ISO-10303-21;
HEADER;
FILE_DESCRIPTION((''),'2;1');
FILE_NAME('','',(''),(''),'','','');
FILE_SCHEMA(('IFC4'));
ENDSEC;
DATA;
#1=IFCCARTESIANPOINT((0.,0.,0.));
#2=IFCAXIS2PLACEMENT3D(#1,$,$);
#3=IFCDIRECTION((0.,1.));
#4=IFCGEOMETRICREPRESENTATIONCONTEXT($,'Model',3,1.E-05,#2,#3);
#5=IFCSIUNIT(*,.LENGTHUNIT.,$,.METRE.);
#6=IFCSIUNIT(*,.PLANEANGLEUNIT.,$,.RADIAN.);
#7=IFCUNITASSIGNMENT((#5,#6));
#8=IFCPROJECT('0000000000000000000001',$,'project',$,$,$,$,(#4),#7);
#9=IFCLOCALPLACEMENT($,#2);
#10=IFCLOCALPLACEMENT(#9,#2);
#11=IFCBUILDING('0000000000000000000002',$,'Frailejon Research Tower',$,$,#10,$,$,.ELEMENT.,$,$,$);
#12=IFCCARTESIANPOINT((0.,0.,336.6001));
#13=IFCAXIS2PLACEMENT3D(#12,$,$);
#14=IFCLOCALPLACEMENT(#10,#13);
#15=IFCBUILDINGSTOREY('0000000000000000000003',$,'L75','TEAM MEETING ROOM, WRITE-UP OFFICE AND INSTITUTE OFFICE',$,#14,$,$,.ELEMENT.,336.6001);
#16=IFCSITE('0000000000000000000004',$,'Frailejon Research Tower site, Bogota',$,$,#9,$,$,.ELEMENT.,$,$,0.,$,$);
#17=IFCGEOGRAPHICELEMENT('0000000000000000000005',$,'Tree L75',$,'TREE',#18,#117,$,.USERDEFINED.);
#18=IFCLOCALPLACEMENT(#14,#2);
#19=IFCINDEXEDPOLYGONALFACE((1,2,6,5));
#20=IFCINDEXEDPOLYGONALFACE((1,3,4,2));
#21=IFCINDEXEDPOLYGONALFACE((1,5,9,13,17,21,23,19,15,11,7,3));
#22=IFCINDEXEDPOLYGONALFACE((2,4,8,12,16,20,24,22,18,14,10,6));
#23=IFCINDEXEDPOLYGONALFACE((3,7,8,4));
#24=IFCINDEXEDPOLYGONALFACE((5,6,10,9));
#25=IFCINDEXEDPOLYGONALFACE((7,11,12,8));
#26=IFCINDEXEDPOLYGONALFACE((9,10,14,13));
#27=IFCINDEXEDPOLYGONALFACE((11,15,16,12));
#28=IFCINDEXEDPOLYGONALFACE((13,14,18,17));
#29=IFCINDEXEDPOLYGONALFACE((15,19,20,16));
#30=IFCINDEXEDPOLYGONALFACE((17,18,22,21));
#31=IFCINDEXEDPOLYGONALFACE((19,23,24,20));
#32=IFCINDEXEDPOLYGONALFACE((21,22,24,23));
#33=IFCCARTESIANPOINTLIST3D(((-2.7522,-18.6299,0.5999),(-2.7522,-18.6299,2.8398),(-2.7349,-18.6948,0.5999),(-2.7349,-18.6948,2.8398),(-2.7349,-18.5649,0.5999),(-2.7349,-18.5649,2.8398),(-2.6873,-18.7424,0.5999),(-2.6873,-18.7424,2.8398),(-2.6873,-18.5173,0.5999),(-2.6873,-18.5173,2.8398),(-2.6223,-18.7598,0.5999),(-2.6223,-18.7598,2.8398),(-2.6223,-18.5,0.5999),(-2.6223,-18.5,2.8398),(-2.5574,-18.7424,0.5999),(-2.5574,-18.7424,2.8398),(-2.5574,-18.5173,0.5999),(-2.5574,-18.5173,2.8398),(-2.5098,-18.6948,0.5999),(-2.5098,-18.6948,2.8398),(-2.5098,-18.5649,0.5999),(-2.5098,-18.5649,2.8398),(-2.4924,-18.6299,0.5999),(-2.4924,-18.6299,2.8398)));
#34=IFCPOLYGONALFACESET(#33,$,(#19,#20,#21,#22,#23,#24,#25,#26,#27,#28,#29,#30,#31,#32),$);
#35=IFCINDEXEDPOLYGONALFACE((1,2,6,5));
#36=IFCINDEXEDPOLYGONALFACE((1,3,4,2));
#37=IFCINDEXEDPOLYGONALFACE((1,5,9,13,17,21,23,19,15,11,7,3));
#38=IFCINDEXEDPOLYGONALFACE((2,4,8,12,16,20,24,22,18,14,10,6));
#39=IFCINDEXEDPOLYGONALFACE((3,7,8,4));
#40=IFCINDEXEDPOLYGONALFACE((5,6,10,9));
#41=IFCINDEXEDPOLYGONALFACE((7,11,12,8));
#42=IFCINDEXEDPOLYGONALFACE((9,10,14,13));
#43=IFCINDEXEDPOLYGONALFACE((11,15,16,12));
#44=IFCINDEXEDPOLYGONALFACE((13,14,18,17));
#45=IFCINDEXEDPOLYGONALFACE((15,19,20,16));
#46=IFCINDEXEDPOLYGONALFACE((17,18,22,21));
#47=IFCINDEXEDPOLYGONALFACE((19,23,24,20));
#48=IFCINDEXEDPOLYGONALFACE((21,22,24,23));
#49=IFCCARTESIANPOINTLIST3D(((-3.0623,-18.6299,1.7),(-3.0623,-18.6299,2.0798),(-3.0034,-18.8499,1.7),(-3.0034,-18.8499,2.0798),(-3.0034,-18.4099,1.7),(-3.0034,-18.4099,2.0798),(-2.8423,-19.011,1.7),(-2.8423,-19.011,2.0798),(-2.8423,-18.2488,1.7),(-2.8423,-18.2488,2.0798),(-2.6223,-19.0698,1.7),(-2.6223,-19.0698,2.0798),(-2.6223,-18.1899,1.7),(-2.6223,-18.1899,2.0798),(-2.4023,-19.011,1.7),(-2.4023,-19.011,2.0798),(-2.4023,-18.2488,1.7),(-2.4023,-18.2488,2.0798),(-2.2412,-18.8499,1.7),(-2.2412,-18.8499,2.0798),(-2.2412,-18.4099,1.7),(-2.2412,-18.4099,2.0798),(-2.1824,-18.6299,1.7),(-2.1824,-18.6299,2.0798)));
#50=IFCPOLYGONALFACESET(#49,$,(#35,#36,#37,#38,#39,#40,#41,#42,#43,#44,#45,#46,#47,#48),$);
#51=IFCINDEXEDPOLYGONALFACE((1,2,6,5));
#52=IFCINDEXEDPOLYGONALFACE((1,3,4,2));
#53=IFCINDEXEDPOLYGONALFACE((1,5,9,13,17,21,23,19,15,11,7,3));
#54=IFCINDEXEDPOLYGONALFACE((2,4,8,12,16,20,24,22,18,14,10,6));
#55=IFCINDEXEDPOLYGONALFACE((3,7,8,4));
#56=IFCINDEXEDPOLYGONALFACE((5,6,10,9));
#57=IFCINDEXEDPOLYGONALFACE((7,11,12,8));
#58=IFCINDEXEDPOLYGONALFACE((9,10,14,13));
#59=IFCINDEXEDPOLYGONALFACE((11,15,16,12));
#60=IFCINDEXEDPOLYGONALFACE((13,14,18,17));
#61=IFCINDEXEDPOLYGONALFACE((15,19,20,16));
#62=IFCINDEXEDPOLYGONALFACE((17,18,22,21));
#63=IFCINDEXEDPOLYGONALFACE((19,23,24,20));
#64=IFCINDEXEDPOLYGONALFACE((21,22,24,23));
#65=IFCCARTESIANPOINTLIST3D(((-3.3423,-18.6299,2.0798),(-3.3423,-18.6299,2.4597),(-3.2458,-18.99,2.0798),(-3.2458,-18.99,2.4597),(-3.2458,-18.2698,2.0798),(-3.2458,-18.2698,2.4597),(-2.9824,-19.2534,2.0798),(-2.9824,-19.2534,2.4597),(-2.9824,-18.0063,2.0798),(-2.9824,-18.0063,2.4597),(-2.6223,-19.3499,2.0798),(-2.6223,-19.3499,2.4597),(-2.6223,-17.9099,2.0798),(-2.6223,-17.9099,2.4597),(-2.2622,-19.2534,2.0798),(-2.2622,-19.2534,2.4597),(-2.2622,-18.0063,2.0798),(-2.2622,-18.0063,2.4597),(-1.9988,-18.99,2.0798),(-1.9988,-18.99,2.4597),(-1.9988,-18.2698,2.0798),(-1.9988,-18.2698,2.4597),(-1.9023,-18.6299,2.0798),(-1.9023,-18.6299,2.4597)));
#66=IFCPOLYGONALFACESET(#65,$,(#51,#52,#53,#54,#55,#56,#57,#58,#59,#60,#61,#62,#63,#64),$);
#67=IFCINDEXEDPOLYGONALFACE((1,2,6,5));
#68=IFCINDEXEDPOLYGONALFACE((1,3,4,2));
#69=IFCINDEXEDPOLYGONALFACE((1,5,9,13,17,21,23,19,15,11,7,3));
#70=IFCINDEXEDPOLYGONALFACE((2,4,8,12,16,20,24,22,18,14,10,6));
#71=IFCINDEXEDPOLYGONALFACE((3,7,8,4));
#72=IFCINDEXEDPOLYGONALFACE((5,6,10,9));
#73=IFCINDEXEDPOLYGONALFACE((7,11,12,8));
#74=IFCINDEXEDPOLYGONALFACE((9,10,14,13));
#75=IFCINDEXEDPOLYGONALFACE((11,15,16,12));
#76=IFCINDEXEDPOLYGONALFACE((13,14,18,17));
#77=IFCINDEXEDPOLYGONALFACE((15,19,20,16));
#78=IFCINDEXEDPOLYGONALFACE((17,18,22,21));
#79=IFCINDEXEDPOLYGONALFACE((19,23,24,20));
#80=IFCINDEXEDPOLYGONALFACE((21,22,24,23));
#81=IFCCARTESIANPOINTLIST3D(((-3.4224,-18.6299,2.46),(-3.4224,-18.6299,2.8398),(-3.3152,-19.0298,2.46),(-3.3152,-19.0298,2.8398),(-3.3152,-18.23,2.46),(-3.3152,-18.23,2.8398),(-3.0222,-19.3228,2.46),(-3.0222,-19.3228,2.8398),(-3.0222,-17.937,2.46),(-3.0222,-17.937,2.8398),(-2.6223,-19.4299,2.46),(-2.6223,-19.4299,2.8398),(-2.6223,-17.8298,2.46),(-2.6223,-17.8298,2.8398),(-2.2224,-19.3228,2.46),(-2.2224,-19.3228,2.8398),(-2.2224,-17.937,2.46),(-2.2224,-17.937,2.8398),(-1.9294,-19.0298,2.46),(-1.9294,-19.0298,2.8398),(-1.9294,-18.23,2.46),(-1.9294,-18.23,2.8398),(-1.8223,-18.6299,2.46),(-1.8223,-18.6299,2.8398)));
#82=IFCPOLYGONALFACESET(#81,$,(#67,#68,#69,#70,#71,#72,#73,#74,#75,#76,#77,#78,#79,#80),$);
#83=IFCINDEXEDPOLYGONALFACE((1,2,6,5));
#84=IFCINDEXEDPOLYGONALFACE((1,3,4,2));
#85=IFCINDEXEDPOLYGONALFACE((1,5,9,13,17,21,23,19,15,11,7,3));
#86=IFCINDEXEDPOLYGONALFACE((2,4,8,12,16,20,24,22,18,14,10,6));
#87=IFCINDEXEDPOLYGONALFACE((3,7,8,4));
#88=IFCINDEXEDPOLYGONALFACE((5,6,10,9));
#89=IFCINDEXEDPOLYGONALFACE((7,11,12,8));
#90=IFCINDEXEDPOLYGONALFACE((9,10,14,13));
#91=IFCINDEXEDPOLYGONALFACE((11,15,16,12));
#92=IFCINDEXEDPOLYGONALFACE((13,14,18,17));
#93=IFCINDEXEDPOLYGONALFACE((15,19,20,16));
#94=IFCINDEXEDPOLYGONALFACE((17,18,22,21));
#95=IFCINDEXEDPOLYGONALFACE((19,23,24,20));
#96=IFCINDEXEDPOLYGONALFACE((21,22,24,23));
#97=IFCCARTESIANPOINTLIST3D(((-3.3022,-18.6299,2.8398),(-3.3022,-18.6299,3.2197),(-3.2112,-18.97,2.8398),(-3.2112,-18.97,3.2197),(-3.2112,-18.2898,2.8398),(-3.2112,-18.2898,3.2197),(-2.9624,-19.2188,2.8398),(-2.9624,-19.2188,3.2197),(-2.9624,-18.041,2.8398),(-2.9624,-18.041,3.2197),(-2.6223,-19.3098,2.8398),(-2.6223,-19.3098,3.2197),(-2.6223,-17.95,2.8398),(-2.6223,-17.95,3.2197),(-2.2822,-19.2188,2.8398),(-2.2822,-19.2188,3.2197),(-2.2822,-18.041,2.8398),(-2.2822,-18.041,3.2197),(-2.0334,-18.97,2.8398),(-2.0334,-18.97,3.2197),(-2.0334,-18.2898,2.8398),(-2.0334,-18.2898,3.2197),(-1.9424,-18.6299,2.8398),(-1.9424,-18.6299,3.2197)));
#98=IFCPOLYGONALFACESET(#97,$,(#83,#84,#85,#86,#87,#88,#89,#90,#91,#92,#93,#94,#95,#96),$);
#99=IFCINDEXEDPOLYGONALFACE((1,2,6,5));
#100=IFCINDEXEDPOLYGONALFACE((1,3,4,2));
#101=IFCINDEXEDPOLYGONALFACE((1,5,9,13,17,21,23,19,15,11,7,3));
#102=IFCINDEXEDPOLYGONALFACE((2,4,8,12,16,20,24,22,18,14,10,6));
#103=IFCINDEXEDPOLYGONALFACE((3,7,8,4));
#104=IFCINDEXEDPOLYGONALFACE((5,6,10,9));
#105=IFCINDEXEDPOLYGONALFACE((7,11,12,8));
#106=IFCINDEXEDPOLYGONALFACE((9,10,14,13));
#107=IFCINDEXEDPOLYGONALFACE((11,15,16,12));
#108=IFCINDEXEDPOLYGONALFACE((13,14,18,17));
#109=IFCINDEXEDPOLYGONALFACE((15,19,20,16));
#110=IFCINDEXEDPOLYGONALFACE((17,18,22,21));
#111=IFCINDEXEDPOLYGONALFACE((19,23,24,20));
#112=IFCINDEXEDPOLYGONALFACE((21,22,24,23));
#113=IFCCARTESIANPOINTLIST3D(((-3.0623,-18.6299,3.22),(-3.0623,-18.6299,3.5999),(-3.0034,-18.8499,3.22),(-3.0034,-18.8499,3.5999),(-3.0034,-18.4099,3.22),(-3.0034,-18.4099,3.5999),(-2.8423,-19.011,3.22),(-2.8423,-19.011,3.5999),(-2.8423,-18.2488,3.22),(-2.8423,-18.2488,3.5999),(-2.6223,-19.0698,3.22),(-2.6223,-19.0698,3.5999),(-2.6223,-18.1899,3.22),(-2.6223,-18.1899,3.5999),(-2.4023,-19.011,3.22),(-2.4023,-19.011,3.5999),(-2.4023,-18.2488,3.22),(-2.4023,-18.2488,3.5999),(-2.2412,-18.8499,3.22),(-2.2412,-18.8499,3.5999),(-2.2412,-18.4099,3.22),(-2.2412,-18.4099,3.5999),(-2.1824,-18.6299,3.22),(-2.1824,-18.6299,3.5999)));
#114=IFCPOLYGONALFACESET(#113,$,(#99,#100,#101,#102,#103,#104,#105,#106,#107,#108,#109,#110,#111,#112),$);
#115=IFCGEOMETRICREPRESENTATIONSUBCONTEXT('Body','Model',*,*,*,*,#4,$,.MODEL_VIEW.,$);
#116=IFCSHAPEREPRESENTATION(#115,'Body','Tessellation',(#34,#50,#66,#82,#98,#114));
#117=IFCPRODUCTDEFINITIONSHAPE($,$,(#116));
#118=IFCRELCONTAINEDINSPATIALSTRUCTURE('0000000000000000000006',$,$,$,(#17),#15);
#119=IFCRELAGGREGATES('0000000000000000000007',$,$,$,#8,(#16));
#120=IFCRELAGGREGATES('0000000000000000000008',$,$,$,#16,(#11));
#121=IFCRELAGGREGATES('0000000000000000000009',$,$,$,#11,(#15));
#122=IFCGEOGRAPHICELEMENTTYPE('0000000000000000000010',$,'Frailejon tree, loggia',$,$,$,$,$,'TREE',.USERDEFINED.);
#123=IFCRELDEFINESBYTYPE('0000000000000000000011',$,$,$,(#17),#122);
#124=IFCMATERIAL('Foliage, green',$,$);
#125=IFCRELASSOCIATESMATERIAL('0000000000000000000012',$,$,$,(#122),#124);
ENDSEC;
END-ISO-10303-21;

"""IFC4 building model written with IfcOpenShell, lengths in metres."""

from ifc_helpers import new_model, si_unit, direction, frame, origin, place, context, subcontext, project, spatial, polyline, outline, extrude, material, type_object, element, save


model = new_model("IFC4")

# Units and contexts
model_context = context("Model", 3, precision=1e-05, world=origin(), true_north=direction((0.0, 1.0)))
body_context = subcontext(model_context, "Body", "Model", "MODEL_VIEW")
ifc_project = project(units=[si_unit("LENGTHUNIT", "METRE"), si_unit("PLANEANGLEUNIT", "RADIAN")], contexts=[model_context])

# Site, building, storey
site_placement = place(None, origin())
site = spatial("IfcSite", under=ifc_project, at=site_placement, Name="Frailejon Research Tower site, Bogota", CompositionType="ELEMENT", RefElevation=0.0)
building_placement = place(site_placement, origin())
building = spatial("IfcBuilding", under=site, at=building_placement, Name="Frailejon Research Tower", CompositionType="ELEMENT")
storey_placement = place(building_placement, frame((0.0, 0.0, 336.6001)))
storey = spatial("IfcBuildingStorey", under=building, at=storey_placement, Name="L75", Description="TEAM MEETING ROOM, WRITE-UP OFFICE AND INSTITUTE OFFICE", CompositionType="ELEMENT", Elevation=336.6001)

# Geographic element
ifc_material_1 = material(Name="Foliage, green")
geographic_element_type = type_object("IfcGeographicElementType", Name="Frailejon tree, loggia", ElementType="TREE", PredefinedType="USERDEFINED", material=ifc_material_1)
geographic_element_placement = place(storey_placement, frame((-2.6223, -18.6299, 0.5999)))
element("IfcGeographicElement", 1, at=geographic_element_placement, inside=storey, type_object=geographic_element_type, Name="Tree L75", ObjectType="TREE", PredefinedType="USERDEFINED", context=body_context, shape_type="SweptSolid", body=[
    extrude(outline(polyline([(0.1299, 0.0), (0.1125, 0.0649), (0.0649, 0.1125), (0.0, 0.1299), (-0.0649, 0.1125), (-0.1125, 0.0649), (-0.1299, 0.0), (-0.1125, -0.0649), (-0.0649, -0.1125), (0.0, -0.1299), (0.0649, -0.1125), (0.1125, -0.0649), (0.1299, 0.0)])), origin(), (0.0, 0.0, 1.0), 2.24),
    extrude(outline(polyline([(0.4399, 0.0), (0.3811, 0.22), (0.22, 0.3811), (0.0, 0.4399), (-0.22, 0.3811), (-0.3811, 0.22), (-0.4399, 0.0), (-0.3811, -0.22), (-0.22, -0.3811), (0.0, -0.4399), (0.22, -0.3811), (0.3811, -0.22), (0.4399, 0.0)])), frame((0.0, 0.0, 1.1001)), (0.0, 0.0, 1.0), 0.3799),
    extrude(outline(polyline([(0.72, 0.0), (0.6235, 0.3601), (0.3601, 0.6235), (0.0, 0.72), (-0.3601, 0.6235), (-0.6235, 0.3601), (-0.72, 0.0), (-0.6235, -0.3601), (-0.3601, -0.6235), (0.0, -0.72), (0.3601, -0.6235), (0.6235, -0.3601), (0.72, 0.0)])), frame((0.0, 0.0, 1.48)), (0.0, 0.0, 1.0), 0.3799),
    extrude(outline(polyline([(0.8, 0.0), (0.6929, 0.3999), (0.3999, 0.6929), (0.0, 0.8), (-0.3999, 0.6929), (-0.6929, 0.3999), (-0.8, 0.0), (-0.6929, -0.3999), (-0.3999, -0.6929), (0.0, -0.8), (0.3999, -0.6929), (0.6929, -0.3999), (0.8, 0.0)])), frame((0.0, 0.0, 1.8601)), (0.0, 0.0, 1.0), 0.3799),
    extrude(outline(polyline([(0.6799, 0.0), (0.5889, 0.3401), (0.3401, 0.5889), (0.0, 0.6799), (-0.3401, 0.5889), (-0.5889, 0.3401), (-0.6799, 0.0), (-0.5889, -0.3401), (-0.3401, -0.5889), (0.0, -0.6799), (0.3401, -0.5889), (0.5889, -0.3401), (0.6799, 0.0)])), frame((0.0, 0.0, 2.24)), (0.0, 0.0, 1.0), 0.3799),
    extrude(outline(polyline([(0.4399, 0.0), (0.3811, 0.22), (0.22, 0.3811), (0.0, 0.4399), (-0.22, 0.3811), (-0.3811, 0.22), (-0.4399, 0.0), (-0.3811, -0.22), (-0.22, -0.3811), (0.0, -0.4399), (0.22, -0.3811), (0.3811, -0.22), (0.4399, 0.0)])), frame((0.0, 0.0, 2.6201)), (0.0, 0.0, 1.0), 0.3799),
])

save(model, "model.ifc")
